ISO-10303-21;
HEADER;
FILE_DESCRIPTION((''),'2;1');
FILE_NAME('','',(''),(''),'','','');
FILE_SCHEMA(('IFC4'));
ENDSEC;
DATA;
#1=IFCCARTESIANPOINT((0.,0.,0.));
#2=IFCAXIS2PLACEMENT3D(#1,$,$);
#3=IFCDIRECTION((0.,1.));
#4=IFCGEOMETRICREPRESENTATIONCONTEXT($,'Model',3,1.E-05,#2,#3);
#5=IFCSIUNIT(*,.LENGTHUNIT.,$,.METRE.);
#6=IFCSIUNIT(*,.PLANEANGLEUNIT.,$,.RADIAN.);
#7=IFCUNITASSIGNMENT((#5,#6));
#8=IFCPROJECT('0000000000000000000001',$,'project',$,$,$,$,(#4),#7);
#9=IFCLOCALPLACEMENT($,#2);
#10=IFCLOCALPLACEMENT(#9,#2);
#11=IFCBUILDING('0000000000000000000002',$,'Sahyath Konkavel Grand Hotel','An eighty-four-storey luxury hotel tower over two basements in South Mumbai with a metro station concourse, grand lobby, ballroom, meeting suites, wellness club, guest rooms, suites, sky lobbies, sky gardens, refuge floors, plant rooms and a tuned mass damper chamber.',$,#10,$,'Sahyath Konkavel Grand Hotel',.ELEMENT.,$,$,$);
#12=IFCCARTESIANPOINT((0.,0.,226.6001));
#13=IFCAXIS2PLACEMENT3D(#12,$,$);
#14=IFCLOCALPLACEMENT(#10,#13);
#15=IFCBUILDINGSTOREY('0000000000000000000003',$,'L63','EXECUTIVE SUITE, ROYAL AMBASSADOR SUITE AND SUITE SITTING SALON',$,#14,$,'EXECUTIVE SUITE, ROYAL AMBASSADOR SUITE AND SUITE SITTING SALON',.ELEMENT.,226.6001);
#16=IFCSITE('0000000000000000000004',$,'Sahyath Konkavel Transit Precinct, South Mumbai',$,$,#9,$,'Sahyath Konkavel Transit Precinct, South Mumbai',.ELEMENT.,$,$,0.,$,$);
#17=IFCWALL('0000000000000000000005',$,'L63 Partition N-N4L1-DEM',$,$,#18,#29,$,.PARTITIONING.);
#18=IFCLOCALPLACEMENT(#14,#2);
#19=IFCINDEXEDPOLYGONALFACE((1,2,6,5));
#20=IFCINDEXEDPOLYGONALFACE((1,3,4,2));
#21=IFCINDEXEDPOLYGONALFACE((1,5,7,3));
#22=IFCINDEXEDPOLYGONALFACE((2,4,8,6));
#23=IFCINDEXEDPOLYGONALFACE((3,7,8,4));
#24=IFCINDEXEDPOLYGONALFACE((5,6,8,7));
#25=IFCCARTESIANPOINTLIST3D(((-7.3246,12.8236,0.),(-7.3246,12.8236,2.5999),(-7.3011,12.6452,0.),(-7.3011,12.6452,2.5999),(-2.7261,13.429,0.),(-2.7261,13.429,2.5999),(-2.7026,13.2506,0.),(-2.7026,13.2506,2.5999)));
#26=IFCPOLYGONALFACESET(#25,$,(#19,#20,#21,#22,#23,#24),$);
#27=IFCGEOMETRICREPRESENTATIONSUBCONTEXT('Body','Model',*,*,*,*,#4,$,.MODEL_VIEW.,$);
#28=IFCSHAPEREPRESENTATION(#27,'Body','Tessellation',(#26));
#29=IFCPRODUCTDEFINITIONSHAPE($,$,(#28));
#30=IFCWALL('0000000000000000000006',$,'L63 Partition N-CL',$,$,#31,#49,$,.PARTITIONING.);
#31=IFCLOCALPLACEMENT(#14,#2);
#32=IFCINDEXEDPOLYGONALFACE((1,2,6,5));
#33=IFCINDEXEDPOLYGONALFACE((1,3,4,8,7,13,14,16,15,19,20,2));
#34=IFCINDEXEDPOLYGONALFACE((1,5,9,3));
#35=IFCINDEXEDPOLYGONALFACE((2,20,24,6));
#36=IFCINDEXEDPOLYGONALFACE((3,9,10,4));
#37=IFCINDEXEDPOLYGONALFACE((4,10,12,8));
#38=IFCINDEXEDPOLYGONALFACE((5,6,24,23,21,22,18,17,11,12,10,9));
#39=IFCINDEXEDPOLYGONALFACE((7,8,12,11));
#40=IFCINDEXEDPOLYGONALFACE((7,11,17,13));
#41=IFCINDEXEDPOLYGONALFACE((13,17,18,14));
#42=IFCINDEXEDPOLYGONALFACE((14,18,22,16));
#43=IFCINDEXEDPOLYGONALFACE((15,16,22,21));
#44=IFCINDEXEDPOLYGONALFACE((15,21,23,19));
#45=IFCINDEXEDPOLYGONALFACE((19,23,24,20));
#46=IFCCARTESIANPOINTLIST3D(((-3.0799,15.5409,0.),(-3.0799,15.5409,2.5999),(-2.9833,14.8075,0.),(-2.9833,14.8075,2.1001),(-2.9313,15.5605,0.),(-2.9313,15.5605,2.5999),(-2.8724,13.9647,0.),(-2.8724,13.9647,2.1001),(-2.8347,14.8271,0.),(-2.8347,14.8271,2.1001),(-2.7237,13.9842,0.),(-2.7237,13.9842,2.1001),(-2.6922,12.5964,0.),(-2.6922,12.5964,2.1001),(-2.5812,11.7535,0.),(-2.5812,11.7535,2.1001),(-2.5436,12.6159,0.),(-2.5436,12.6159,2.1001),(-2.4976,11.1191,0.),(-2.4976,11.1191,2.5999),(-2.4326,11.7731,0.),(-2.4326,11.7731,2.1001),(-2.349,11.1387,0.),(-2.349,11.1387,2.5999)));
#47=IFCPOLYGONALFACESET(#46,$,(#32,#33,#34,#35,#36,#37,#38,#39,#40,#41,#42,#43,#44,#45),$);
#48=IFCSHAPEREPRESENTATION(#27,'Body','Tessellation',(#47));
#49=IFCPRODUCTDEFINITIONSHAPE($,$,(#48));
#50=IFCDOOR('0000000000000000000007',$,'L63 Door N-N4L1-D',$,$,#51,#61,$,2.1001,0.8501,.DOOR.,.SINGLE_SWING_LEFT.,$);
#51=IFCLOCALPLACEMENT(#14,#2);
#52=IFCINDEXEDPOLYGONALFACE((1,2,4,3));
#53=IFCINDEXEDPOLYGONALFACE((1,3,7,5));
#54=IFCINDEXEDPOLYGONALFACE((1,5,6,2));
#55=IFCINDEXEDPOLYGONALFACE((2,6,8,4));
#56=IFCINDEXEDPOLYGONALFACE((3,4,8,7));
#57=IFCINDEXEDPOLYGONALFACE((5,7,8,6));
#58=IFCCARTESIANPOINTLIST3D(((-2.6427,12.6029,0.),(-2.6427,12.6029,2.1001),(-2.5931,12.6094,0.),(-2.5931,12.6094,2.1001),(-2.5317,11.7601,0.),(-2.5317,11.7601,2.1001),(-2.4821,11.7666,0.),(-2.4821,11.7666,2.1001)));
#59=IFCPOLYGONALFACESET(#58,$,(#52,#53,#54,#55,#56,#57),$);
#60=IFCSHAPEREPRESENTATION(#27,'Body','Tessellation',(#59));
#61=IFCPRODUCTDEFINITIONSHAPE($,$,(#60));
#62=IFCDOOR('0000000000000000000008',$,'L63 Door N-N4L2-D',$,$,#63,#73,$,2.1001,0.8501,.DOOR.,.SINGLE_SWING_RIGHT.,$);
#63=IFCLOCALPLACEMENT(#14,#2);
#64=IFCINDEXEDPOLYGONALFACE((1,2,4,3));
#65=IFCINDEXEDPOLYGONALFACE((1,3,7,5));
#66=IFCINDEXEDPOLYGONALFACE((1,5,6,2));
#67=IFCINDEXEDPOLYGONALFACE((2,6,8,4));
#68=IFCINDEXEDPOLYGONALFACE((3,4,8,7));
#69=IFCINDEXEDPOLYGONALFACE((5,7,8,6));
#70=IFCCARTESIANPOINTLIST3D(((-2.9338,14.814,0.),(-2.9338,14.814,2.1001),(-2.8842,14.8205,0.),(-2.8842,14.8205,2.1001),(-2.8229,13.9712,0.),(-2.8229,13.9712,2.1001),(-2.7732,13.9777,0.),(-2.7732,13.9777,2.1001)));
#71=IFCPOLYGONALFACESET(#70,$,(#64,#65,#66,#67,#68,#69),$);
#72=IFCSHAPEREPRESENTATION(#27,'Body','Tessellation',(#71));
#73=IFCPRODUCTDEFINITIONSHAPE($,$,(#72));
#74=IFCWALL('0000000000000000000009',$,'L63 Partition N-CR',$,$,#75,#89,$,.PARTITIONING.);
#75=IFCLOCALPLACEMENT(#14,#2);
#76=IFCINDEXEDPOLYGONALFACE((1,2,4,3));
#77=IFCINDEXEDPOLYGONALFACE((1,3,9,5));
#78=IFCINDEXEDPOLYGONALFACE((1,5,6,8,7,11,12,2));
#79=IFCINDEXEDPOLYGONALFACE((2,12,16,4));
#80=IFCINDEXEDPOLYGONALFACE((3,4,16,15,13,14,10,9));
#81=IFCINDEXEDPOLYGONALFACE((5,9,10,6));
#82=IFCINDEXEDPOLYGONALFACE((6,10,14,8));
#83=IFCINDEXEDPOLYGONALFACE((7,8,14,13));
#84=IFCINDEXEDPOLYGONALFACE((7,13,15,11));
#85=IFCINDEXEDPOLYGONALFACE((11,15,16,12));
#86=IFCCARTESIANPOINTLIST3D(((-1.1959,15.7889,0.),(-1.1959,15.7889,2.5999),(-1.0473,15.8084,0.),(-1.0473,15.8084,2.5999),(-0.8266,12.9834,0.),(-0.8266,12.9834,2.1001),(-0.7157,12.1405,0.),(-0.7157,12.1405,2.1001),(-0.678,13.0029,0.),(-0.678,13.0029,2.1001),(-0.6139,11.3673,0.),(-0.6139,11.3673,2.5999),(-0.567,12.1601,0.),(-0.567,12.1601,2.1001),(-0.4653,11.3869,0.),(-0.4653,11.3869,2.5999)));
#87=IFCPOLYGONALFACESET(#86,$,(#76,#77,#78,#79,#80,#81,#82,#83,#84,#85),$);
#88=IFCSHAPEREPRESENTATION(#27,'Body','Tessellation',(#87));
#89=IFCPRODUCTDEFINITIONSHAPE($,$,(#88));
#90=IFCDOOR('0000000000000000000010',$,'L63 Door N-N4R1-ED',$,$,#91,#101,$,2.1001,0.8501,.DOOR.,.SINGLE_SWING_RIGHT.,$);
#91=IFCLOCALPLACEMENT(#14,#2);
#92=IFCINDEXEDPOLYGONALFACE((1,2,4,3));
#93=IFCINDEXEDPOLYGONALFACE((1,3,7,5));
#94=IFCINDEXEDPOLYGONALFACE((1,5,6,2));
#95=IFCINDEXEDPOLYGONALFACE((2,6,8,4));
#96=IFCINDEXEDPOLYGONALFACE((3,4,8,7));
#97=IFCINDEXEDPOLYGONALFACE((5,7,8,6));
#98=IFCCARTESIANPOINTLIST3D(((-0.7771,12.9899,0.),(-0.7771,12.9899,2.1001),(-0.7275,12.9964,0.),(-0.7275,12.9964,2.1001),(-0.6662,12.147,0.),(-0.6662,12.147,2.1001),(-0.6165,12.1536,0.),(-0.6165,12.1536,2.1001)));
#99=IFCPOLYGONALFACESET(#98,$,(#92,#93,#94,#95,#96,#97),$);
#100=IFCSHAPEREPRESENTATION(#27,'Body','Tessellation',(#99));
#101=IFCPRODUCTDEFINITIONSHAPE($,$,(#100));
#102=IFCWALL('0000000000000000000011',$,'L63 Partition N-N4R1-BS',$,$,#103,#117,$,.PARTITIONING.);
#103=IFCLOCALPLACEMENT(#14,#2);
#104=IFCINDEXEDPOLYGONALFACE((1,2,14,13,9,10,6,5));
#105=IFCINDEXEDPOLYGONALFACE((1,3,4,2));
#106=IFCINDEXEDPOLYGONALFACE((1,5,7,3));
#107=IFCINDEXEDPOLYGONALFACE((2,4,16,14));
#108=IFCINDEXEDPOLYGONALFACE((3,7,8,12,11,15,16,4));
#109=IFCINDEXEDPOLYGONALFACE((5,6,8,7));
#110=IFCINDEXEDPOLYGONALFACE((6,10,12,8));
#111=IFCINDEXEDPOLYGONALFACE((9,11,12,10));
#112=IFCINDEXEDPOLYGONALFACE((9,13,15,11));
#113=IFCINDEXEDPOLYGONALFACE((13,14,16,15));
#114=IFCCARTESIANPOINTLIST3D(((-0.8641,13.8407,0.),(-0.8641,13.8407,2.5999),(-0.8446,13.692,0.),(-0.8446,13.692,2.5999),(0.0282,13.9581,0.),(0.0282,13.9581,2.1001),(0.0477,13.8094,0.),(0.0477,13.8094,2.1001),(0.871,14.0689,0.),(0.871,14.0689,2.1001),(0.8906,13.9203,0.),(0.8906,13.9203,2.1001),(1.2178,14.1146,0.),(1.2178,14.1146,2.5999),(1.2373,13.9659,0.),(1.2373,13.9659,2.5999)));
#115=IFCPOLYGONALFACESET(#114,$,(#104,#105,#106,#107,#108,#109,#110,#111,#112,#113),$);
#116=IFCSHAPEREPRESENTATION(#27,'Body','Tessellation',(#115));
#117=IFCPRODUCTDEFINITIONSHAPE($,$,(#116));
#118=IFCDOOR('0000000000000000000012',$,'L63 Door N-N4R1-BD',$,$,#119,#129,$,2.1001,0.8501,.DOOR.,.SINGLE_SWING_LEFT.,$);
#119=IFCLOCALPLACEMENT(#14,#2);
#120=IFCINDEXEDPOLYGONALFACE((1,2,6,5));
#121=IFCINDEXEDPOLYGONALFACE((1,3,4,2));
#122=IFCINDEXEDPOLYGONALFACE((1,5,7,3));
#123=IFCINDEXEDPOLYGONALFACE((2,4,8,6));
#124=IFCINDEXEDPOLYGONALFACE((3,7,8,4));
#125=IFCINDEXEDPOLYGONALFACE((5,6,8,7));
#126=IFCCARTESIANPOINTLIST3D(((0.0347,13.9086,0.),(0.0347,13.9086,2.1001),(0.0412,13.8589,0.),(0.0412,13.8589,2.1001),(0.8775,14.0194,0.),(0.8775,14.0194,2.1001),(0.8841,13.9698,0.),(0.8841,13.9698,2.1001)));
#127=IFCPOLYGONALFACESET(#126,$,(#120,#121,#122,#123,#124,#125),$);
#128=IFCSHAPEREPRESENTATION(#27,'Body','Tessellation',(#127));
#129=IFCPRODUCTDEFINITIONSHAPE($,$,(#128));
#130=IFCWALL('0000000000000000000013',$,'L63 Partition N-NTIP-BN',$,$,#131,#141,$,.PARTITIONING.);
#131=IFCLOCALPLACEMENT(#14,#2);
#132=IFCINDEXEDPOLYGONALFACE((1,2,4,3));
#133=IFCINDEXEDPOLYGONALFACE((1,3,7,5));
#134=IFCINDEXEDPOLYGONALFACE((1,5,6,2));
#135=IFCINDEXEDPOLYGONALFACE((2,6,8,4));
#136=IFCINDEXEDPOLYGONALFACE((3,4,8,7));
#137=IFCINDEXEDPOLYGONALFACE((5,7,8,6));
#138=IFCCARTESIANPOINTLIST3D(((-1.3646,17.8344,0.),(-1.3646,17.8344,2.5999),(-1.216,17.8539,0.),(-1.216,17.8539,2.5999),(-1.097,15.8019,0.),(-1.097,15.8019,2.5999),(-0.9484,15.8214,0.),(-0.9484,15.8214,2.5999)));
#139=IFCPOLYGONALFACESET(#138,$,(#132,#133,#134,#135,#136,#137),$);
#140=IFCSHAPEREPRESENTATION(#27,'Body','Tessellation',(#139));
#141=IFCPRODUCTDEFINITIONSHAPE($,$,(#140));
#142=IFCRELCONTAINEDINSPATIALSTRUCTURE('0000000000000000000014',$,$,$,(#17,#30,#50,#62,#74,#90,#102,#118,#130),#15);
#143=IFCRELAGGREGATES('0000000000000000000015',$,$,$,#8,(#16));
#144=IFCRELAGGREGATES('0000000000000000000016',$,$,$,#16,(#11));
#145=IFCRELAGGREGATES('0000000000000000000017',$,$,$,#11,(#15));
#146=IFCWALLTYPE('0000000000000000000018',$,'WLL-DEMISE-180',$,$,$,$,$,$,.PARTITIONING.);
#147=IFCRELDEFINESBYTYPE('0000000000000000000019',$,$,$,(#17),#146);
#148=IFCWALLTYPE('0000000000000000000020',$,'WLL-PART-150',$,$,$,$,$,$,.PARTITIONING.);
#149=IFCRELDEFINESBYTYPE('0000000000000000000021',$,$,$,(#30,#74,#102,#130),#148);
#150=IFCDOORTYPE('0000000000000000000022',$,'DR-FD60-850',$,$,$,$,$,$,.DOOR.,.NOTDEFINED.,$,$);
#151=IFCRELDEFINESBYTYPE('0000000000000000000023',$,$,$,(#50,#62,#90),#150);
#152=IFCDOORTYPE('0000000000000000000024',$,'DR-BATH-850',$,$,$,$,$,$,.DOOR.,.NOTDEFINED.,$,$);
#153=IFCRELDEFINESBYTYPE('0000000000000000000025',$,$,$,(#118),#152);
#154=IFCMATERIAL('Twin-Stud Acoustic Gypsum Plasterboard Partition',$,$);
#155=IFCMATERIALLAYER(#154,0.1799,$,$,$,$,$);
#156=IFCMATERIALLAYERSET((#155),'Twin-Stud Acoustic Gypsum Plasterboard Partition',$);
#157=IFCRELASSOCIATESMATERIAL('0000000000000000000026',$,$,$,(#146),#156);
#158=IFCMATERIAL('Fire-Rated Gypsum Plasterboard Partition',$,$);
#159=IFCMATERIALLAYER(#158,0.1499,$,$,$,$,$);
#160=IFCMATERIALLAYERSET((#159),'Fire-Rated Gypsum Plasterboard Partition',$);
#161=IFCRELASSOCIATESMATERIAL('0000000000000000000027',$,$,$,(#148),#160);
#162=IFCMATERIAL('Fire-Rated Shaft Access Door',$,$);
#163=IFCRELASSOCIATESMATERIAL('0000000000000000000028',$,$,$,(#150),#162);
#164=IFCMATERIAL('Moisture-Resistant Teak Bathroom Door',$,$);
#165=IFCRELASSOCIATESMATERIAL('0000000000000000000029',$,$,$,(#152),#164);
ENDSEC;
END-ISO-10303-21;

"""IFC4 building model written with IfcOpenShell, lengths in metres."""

from ifc_helpers import new_model, si_unit, direction, frame, frame_2d, origin, origin_2d, place, context, subcontext, project, spatial, rectangle, extrude, source, transform, mapped, material, layer, layer_set, type_object, element, fill, save


model = new_model("IFC4")

# Units and contexts
model_context = context("Model", 3, precision=1e-05, world=origin(), true_north=direction((0.0, 1.0)))
body_context = subcontext(model_context, "Body", "Model", "MODEL_VIEW")
ifc_project = project(units=[si_unit("LENGTHUNIT", "METRE"), si_unit("PLANEANGLEUNIT", "RADIAN")], contexts=[model_context])

# Site, building, storey
site_placement = place(None, origin())
site = spatial("IfcSite", under=ifc_project, at=site_placement, Name="Sahyath Konkavel Transit Precinct, South Mumbai", LongName="Sahyath Konkavel Transit Precinct, South Mumbai", CompositionType="ELEMENT", RefElevation=0.0)
building_placement = place(site_placement, origin())
building = spatial("IfcBuilding", under=site, at=building_placement, Name="Sahyath Konkavel Grand Hotel", Description="An eighty-four-storey luxury hotel tower over two basements in South Mumbai with a metro station concourse, grand lobby, ballroom, meeting suites, wellness club, guest rooms, suites, sky lobbies, sky gardens, refuge floors, plant rooms and a tuned mass damper chamber.", LongName="Sahyath Konkavel Grand Hotel", CompositionType="ELEMENT")
storey_placement = place(building_placement, frame((0.0, 0.0, 226.6001)))
storey = spatial("IfcBuildingStorey", under=building, at=storey_placement, Name="L63", Description="EXECUTIVE SUITE, ROYAL AMBASSADOR SUITE AND SUITE SITTING SALON", LongName="EXECUTIVE SUITE, ROYAL AMBASSADOR SUITE AND SUITE SITTING SALON", CompositionType="ELEMENT", Elevation=226.6001)

# Wall
ifc_material_1 = material(Name="Twin-Stud Acoustic Gypsum Plasterboard Partition")
ifc_layer_1 = layer(ifc_material_1, 0.1799)
ifc_layer_set_1 = layer_set([ifc_layer_1], Name="Twin-Stud Acoustic Gypsum Plasterboard Partition")
wall_type_1 = type_object("IfcWallType", Name="WLL-DEMISE-180", PredefinedType="PARTITIONING", material=ifc_layer_set_1)
for number, where, z_axis, x_axis, name in (
    (1, (-2.7144, 13.3398, 0.0), (0.0, 0.0, 1.0), (-0.991443, -0.130543, 0.0), "L63 Partition N-N4L1-DEM"),
):
    element("IfcWall", number, at=place(storey_placement, frame(where, z_axis=z_axis, x_axis=x_axis)), inside=storey, type_object=wall_type_1, Name=name, PredefinedType="PARTITIONING", context=body_context, shape_type="SweptSolid", body=[
        extrude(rectangle(XDim=4.6382, YDim=0.1799, at=frame_2d((2.3191, 0.0))), origin(), (0.0, 0.0, 1.0), 2.5999),
    ])

# Wall, openings, doors
ifc_material_2 = material(Name="Fire-Rated Gypsum Plasterboard Partition")
ifc_layer_2 = layer(ifc_material_2, 0.1499)
ifc_layer_set_2 = layer_set([ifc_layer_2], Name="Fire-Rated Gypsum Plasterboard Partition")
wall_type_2 = type_object("IfcWallType", Name="WLL-PART-150", PredefinedType="PARTITIONING", material=ifc_layer_set_2)
wall_1_placement = place(storey_placement, frame((-2.4233, 11.1289, 0.0), z_axis=(0.0, 0.0, 1.0), x_axis=(-0.130554, 0.991441, 0.0)))
wall_1 = element("IfcWall", 2, at=wall_1_placement, inside=storey, type_object=wall_type_2, Name="L63 Partition N-CL", PredefinedType="PARTITIONING", context=body_context, shape_type="SweptSolid", body=[
    extrude(rectangle(XDim=4.46, YDim=0.1499, at=frame_2d((2.23, 0.0))), origin(), (0.0, 0.0, 1.0), 2.5999),
])
opening_1_placement = place(wall_1_placement, frame((0.6399, 0.0, 0.0)))
opening_1 = element("IfcOpeningElement", 3, at=opening_1_placement, cuts=wall_1, PredefinedType="OPENING", context=body_context, shape_type="SweptSolid", body=[
    extrude(rectangle(XDim=0.8501, YDim=2.1001, at=frame_2d((0.425, 1.05))), frame((0.0, 0.085, 0.0), z_axis=(0.0, -1.0, 0.0), x_axis=(1.0, 0.0, 0.0)), (0.0, 0.0, 1.0), 0.1699),
])
opening_2_placement = place(wall_1_placement, frame((2.8701, 0.0, 0.0)))
opening_2 = element("IfcOpeningElement", 4, at=opening_2_placement, cuts=wall_1, PredefinedType="OPENING", context=body_context, shape_type="SweptSolid", body=[
    extrude(rectangle(XDim=0.8501, YDim=2.1001, at=frame_2d((0.425, 1.05))), frame((0.0, 0.085, 0.0), z_axis=(0.0, -1.0, 0.0), x_axis=(1.0, 0.0, 0.0)), (0.0, 0.0, 1.0), 0.1699),
])
ifc_material_3 = material(Name="Fire-Rated Shaft Access Door")
door_type_1 = type_object("IfcDoorType", Name="DR-FD60-850", OperationType="NOTDEFINED", PredefinedType="DOOR", material=ifc_material_3)
shared_shape_1 = source(origin(), body_context, "Body", "SweptSolid", [
    extrude(rectangle(XDim=0.8501, YDim=0.05, at=origin_2d()), origin(), (0.0, 0.0, 1.0), 2.1001),
])
door_1_placement = place(opening_1_placement, frame((0.425, 0.0, 0.0)))
door_1 = element("IfcDoor", 5, at=door_1_placement, inside=storey, type_object=door_type_1, Name="L63 Door N-N4L1-D", OperationType="SINGLE_SWING_LEFT", OverallHeight=2.1001, OverallWidth=0.8501, PredefinedType="DOOR", context=body_context, shape_type="MappedRepresentation", body=[
    mapped(shared_shape_1, transform((0.0, 0.0, 0.0), scale=1.0)),
])
fill(opening_1, door_1)
door_2_placement = place(opening_2_placement, frame((0.425, 0.0, 0.0)))
door_2 = element("IfcDoor", 6, at=door_2_placement, inside=storey, type_object=door_type_1, Name="L63 Door N-N4L2-D", OperationType="SINGLE_SWING_RIGHT", OverallHeight=2.1001, OverallWidth=0.8501, PredefinedType="DOOR", context=body_context, shape_type="MappedRepresentation", body=[
    mapped(shared_shape_1, transform((0.0, 0.0, 0.0), scale=1.0)),
])
fill(opening_2, door_2)

# Walls, openings, doors
wall_2_placement = place(storey_placement, frame((-0.5396, 11.377, 0.0), z_axis=(0.0, 0.0, 1.0), x_axis=(-0.130507, 0.991447, 0.0)))
wall_2 = element("IfcWall", 7, at=wall_2_placement, inside=storey, type_object=wall_type_2, Name="L63 Partition N-CR", PredefinedType="PARTITIONING", context=body_context, shape_type="SweptSolid", body=[
    extrude(rectangle(XDim=4.4597, YDim=0.1499, at=frame_2d((2.23, 0.0))), origin(), (0.0, 0.0, 1.0), 2.5999),
])
opening_3_placement = place(wall_2_placement, frame((0.78, 0.0, 0.0)))
opening_3 = element("IfcOpeningElement", 8, at=opening_3_placement, cuts=wall_2, PredefinedType="OPENING", context=body_context, shape_type="SweptSolid", body=[
    extrude(rectangle(XDim=0.8501, YDim=2.1001, at=frame_2d((0.425, 1.05))), frame((0.0, 0.085, 0.0), z_axis=(0.0, -1.0, 0.0), x_axis=(1.0, 0.0, 0.0)), (0.0, 0.0, 1.0), 0.1699),
])
door_3_placement = place(opening_3_placement, frame((0.425, 0.0, 0.0)))
door_3 = element("IfcDoor", 9, at=door_3_placement, inside=storey, type_object=door_type_1, Name="L63 Door N-N4R1-ED", OperationType="SINGLE_SWING_RIGHT", OverallHeight=2.1001, OverallWidth=0.8501, PredefinedType="DOOR", context=body_context, shape_type="MappedRepresentation", body=[
    mapped(shared_shape_1, transform((0.0, 0.0, 0.0), scale=1.0)),
])
fill(opening_3, door_3)
wall_3_placement = place(storey_placement, frame((-0.8542, 13.7664, 0.0), z_axis=(0.0, 0.0, 1.0), x_axis=(0.991456, 0.130442, 0.0)))
wall_3 = element("IfcWall", 10, at=wall_3_placement, inside=storey, type_object=wall_type_2, Name="L63 Partition N-N4R1-BS", PredefinedType="PARTITIONING", context=body_context, shape_type="SweptSolid", body=[
    extrude(rectangle(XDim=2.0999, YDim=0.1499, at=frame_2d((1.0498, 0.0))), origin(), (0.0, 0.0, 1.0), 2.5999),
])
opening_4_placement = place(wall_3_placement, frame((0.8999, 0.0, 0.0)))
opening_4 = element("IfcOpeningElement", 11, at=opening_4_placement, cuts=wall_3, PredefinedType="OPENING", context=body_context, shape_type="SweptSolid", body=[
    extrude(rectangle(XDim=0.8501, YDim=2.1001, at=frame_2d((0.425, 1.05))), frame((0.0, 0.085, 0.0), z_axis=(0.0, -1.0, 0.0), x_axis=(1.0, 0.0, 0.0)), (0.0, 0.0, 1.0), 0.1699),
])
ifc_material_4 = material(Name="Moisture-Resistant Teak Bathroom Door")
door_type_2 = type_object("IfcDoorType", Name="DR-BATH-850", OperationType="NOTDEFINED", PredefinedType="DOOR", material=ifc_material_4)
door_4_placement = place(opening_4_placement, frame((0.425, 0.0, 0.0)))
door_4 = element("IfcDoor", 12, at=door_4_placement, inside=storey, type_object=door_type_2, Name="L63 Door N-N4R1-BD", OperationType="SINGLE_SWING_LEFT", OverallHeight=2.1001, OverallWidth=0.8501, PredefinedType="DOOR", context=body_context, shape_type="MappedRepresentation", body=[
    mapped(shared_shape_1, transform((0.0, 0.0, 0.0), scale=1.0)),
])
fill(opening_4, door_4)

# Wall
wall_4_placement = place(storey_placement, frame((-1.0227, 15.8118, 0.0), z_axis=(0.0, 0.0, 1.0), x_axis=(-0.130525, 0.991445, 0.0)))
element("IfcWall", 13, at=wall_4_placement, inside=storey, type_object=wall_type_2, Name="L63 Partition N-NTIP-BN", PredefinedType="PARTITIONING", context=body_context, shape_type="SweptSolid", body=[
    extrude(rectangle(XDim=2.05, YDim=0.1499, at=frame_2d((1.0249, 0.0))), origin(), (0.0, 0.0, 1.0), 2.5999),
])

save(model, "model.ifc")
